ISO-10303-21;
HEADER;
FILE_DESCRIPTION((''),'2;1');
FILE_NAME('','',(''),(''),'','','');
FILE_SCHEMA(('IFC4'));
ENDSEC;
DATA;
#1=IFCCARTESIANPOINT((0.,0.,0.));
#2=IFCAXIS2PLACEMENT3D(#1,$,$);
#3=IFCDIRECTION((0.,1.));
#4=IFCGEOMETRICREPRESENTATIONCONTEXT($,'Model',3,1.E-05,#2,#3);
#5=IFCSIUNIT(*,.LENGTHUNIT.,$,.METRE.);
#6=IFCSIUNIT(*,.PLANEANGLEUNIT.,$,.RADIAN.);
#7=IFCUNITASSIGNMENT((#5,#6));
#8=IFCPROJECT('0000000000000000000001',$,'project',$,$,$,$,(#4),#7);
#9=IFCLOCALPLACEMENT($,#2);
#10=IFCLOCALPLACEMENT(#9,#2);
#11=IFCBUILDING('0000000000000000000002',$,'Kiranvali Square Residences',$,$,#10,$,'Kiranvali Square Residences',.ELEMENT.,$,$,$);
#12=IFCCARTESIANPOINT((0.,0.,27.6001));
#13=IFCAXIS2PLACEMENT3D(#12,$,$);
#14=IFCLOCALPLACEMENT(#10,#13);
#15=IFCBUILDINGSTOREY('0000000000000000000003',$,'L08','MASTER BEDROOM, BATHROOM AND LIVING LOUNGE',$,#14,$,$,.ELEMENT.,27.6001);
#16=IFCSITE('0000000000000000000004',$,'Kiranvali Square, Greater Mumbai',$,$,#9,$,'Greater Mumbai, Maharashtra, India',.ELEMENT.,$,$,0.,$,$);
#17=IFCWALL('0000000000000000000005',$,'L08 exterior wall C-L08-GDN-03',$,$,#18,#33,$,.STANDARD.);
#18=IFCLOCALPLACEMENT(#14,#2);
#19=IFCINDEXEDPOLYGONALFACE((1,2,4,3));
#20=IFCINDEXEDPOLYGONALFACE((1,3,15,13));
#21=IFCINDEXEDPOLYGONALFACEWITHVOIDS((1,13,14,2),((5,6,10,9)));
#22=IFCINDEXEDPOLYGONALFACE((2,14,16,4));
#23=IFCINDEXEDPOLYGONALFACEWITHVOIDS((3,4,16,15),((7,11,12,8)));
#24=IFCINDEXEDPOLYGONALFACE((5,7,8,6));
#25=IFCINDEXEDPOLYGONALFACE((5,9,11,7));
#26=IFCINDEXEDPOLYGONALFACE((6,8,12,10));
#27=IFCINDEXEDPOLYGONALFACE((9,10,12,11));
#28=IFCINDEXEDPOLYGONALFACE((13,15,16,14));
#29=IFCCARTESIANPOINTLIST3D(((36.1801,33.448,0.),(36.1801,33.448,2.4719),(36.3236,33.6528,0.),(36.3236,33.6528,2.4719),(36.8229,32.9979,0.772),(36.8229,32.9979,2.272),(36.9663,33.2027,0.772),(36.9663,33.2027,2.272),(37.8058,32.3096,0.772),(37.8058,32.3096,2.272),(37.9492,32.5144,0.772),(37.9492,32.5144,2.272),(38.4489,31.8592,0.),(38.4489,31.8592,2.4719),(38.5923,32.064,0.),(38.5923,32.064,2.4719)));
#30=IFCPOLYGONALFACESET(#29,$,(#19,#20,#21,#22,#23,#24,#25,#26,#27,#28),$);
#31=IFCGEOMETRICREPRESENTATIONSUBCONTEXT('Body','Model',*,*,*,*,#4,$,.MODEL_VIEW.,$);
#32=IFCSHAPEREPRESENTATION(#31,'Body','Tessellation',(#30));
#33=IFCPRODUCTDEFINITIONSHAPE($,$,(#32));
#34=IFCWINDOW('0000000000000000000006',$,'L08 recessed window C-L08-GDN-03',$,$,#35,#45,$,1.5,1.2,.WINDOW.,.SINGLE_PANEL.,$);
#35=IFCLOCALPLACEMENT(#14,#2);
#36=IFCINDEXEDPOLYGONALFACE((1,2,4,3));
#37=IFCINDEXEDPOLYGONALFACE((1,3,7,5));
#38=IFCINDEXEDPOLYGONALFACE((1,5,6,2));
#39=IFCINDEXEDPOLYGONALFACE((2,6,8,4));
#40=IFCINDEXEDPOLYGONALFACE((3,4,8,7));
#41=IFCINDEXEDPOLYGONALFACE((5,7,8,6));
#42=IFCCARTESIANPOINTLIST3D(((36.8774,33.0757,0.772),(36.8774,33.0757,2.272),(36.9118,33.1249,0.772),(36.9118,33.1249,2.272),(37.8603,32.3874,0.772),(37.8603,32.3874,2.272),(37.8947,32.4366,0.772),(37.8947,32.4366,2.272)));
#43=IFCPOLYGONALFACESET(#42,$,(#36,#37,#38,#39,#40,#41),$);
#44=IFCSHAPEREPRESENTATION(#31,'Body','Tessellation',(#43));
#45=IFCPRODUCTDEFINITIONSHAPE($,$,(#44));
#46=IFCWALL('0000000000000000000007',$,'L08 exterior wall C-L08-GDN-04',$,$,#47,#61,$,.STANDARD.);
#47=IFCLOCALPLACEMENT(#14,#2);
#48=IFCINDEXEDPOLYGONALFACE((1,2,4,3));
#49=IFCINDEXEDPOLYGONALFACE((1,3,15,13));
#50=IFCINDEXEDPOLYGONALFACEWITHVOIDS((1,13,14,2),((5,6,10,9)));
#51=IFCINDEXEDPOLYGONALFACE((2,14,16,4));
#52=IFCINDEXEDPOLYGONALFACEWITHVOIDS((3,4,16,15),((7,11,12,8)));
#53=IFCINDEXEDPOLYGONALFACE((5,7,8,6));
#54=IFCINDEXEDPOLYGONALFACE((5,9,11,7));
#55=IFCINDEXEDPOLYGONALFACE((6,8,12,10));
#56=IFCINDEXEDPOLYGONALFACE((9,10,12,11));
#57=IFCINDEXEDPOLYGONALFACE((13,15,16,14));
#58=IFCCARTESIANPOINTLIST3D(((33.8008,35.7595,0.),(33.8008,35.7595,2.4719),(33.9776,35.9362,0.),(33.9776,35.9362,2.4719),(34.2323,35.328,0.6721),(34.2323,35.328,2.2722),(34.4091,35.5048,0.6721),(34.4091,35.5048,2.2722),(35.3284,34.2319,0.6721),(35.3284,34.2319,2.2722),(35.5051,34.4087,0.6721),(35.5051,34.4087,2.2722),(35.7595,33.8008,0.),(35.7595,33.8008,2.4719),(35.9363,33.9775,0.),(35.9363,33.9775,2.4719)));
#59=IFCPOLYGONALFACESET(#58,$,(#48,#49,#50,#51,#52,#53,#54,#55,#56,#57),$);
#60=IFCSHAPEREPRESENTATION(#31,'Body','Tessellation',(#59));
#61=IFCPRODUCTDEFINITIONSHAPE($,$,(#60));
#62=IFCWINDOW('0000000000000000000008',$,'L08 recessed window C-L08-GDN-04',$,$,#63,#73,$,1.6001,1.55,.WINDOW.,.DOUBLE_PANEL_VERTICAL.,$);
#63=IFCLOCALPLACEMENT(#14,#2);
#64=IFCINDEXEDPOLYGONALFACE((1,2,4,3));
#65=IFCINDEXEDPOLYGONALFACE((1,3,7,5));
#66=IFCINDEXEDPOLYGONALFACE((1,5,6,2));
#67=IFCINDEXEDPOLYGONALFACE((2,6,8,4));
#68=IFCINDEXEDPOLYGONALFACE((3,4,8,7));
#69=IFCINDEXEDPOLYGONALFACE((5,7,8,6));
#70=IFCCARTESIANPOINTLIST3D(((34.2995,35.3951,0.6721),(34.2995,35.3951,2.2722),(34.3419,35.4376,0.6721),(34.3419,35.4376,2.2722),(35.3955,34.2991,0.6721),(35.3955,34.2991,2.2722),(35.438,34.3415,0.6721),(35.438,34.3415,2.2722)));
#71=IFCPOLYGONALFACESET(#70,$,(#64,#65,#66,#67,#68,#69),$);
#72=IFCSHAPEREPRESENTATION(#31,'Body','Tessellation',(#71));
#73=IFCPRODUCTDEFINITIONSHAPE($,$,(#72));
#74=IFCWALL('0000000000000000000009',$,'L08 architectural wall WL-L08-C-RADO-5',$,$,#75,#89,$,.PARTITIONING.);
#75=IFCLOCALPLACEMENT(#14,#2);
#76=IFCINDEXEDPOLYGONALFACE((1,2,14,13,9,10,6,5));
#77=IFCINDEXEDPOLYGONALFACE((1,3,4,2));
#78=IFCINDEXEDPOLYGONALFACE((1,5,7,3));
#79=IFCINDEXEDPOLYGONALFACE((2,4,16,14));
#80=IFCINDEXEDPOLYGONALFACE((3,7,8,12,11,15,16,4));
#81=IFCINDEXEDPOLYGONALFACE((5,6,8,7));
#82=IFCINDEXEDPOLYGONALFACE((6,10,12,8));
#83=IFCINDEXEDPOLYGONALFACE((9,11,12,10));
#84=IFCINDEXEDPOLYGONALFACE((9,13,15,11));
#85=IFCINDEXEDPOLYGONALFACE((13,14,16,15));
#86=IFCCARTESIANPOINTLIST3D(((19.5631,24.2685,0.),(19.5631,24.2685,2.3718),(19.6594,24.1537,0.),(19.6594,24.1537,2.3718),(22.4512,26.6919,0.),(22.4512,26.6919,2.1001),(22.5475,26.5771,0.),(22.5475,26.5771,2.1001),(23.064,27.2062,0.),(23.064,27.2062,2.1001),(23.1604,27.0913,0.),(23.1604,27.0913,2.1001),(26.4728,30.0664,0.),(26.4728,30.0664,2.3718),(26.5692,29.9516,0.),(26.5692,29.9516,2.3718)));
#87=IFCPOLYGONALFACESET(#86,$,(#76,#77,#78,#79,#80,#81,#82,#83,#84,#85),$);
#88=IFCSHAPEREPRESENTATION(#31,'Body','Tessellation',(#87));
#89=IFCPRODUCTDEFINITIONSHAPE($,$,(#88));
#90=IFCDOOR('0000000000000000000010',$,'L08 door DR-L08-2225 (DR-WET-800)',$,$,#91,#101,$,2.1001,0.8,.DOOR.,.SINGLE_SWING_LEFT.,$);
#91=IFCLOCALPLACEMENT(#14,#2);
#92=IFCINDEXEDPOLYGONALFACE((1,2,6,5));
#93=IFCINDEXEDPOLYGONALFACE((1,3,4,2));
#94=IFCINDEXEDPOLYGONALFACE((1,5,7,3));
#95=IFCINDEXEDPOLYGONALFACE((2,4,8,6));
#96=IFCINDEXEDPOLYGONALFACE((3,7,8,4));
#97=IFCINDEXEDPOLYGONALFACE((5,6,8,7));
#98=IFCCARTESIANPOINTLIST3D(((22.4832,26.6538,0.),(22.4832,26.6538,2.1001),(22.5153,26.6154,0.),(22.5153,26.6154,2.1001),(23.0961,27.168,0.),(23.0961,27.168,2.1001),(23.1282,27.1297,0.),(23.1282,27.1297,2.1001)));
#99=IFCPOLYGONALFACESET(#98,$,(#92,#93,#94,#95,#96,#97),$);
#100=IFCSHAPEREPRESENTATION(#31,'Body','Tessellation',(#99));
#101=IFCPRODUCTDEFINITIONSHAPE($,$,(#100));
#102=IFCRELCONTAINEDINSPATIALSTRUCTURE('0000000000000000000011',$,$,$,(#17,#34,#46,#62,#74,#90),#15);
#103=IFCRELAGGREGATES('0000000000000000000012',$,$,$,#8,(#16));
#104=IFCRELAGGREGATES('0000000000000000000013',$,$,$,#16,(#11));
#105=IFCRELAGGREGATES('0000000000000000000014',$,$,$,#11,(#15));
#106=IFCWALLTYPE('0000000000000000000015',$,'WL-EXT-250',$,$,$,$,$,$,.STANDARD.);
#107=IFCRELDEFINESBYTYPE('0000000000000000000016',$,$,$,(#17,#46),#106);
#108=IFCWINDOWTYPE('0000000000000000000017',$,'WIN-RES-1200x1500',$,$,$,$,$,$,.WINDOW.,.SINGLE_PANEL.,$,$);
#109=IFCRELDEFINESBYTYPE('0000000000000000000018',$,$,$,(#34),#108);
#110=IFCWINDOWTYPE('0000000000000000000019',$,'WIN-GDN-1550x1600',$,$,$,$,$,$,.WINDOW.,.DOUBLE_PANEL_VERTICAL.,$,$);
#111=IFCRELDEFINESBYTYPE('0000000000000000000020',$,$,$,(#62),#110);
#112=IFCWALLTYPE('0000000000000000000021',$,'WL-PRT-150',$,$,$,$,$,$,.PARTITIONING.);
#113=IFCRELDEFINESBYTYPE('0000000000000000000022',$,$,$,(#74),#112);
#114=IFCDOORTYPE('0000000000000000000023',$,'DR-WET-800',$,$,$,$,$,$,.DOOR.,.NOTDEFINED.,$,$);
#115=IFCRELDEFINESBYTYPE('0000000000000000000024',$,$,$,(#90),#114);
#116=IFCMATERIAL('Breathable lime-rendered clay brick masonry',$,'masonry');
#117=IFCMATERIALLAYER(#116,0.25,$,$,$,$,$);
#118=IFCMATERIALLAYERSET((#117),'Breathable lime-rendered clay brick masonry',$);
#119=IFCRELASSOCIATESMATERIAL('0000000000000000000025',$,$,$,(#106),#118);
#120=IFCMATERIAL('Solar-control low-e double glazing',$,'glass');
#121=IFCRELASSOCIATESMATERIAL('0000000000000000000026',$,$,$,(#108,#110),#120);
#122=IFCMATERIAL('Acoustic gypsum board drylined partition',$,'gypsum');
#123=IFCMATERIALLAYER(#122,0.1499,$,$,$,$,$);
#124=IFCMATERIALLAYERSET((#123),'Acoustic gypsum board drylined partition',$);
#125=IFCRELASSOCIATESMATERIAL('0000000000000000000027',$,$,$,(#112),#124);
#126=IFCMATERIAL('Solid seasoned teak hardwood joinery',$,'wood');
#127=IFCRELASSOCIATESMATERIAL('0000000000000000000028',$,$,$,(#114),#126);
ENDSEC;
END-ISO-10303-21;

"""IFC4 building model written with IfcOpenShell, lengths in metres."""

from ifc_helpers import new_model, si_unit, direction, frame, frame_2d, origin, place, context, subcontext, project, spatial, rectangle, extrude, material, layer, layer_set, type_object, element, fill, save


model = new_model("IFC4")

# Units and contexts
model_context = context("Model", 3, precision=1e-05, world=origin(), true_north=direction((0.0, 1.0)))
body_context = subcontext(model_context, "Body", "Model", "MODEL_VIEW")
ifc_project = project(units=[si_unit("LENGTHUNIT", "METRE"), si_unit("PLANEANGLEUNIT", "RADIAN")], contexts=[model_context])

# Site, building, storey
site_placement = place(None, origin())
site = spatial("IfcSite", under=ifc_project, at=site_placement, Name="Kiranvali Square, Greater Mumbai", LongName="Greater Mumbai, Maharashtra, India", CompositionType="ELEMENT", RefElevation=0.0)
building_placement = place(site_placement, origin())
building = spatial("IfcBuilding", under=site, at=building_placement, Name="Kiranvali Square Residences", LongName="Kiranvali Square Residences", CompositionType="ELEMENT")
storey_placement = place(building_placement, frame((0.0, 0.0, 27.6001)))
storey = spatial("IfcBuildingStorey", under=building, at=storey_placement, Name="L08", Description="MASTER BEDROOM, BATHROOM AND LIVING LOUNGE", CompositionType="ELEMENT", Elevation=27.6001)

# Walls, openings, windows
ifc_material_1 = material(Name="Breathable lime-rendered clay brick masonry", Category="masonry")
ifc_layer_1 = layer(ifc_material_1, 0.25)
ifc_layer_set_1 = layer_set([ifc_layer_1], Name="Breathable lime-rendered clay brick masonry")
wall_type_1 = type_object("IfcWallType", Name="WL-EXT-250", PredefinedType="STANDARD", material=ifc_layer_set_1)
wall_1_placement = place(storey_placement, frame((38.5205, 31.9617, 0.0), z_axis=(0.0, 0.0, 1.0), x_axis=(-0.819112, 0.573634, 0.0)))
wall_1 = element("IfcWall", 1, at=wall_1_placement, inside=storey, type_object=wall_type_1, Name="L08 exterior wall C-L08-GDN-03", PredefinedType="STANDARD", context=body_context, shape_type="SweptSolid", body=[
    extrude(rectangle(XDim=2.7698, YDim=0.25, at=frame_2d((1.3848, 0.0))), origin(), (0.0, 0.0, 1.0), 2.4719),
])
opening_1_placement = place(wall_1_placement, frame((0.7849, 0.0, 0.772)))
opening_1 = element("IfcOpeningElement", 2, at=opening_1_placement, cuts=wall_1, PredefinedType="OPENING", context=body_context, shape_type="SweptSolid", body=[
    extrude(rectangle(XDim=1.2, YDim=1.5, at=frame_2d((0.6001, 0.75))), frame((0.0, 0.135, 0.0), z_axis=(0.0, -1.0, 0.0), x_axis=(1.0, 0.0, 0.0)), (0.0, 0.0, 1.0), 0.27),
])
ifc_material_2 = material(Name="Solar-control low-e double glazing", Category="glass")
window_type_1 = type_object("IfcWindowType", Name="WIN-RES-1200x1500", PartitioningType="SINGLE_PANEL", PredefinedType="WINDOW", material=ifc_material_2)
window_1_placement = place(opening_1_placement, origin())
window_1 = element("IfcWindow", 3, at=window_1_placement, inside=storey, type_object=window_type_1, Name="L08 recessed window C-L08-GDN-03", OverallHeight=1.5, OverallWidth=1.2, PartitioningType="SINGLE_PANEL", PredefinedType="WINDOW", context=body_context, shape_type="SweptSolid", body=[
    extrude(rectangle(XDim=1.2, YDim=1.5, at=frame_2d((0.6001, 0.75))), frame((0.0, 0.03, 0.0), z_axis=(0.0, -1.0, 0.0), x_axis=(1.0, 0.0, 0.0)), (0.0, 0.0, 1.0), 0.0601),
])
fill(opening_1, window_1)
wall_2_placement = place(storey_placement, frame((35.8479, 33.8892, 0.0), z_axis=(0.0, 0.0, 1.0), x_axis=(-0.707107, 0.707107, 0.0)))
wall_2 = element("IfcWall", 4, at=wall_2_placement, inside=storey, type_object=wall_type_1, Name="L08 exterior wall C-L08-GDN-04", PredefinedType="STANDARD", context=body_context, shape_type="SweptSolid", body=[
    extrude(rectangle(XDim=2.77, YDim=0.25, at=frame_2d((1.385, 0.0))), origin(), (0.0, 0.0, 1.0), 2.4719),
])
opening_2_placement = place(wall_2_placement, frame((0.6099, 0.0, 0.6721)))
opening_2 = element("IfcOpeningElement", 5, at=opening_2_placement, cuts=wall_2, PredefinedType="OPENING", context=body_context, shape_type="SweptSolid", body=[
    extrude(rectangle(XDim=1.55, YDim=1.6001, at=frame_2d((0.7749, 0.8))), frame((0.0, 0.135, 0.0), z_axis=(0.0, -1.0, 0.0), x_axis=(1.0, 0.0, 0.0)), (0.0, 0.0, 1.0), 0.27),
])
window_type_2 = type_object("IfcWindowType", Name="WIN-GDN-1550x1600", PartitioningType="DOUBLE_PANEL_VERTICAL", PredefinedType="WINDOW", material=ifc_material_2)
window_2_placement = place(opening_2_placement, origin())
window_2 = element("IfcWindow", 6, at=window_2_placement, inside=storey, type_object=window_type_2, Name="L08 recessed window C-L08-GDN-04", OverallHeight=1.6001, OverallWidth=1.55, PartitioningType="DOUBLE_PANEL_VERTICAL", PredefinedType="WINDOW", context=body_context, shape_type="SweptSolid", body=[
    extrude(rectangle(XDim=1.55, YDim=1.6001, at=frame_2d((0.7749, 0.8))), frame((0.0, 0.03, 0.0), z_axis=(0.0, -1.0, 0.0), x_axis=(1.0, 0.0, 0.0)), (0.0, 0.0, 1.0), 0.0601),
])
fill(opening_2, window_2)

# Wall, opening, door
ifc_material_3 = material(Name="Acoustic gypsum board drylined partition", Category="gypsum")
ifc_layer_2 = layer(ifc_material_3, 0.1499)
ifc_layer_set_2 = layer_set([ifc_layer_2], Name="Acoustic gypsum board drylined partition")
wall_type_2 = type_object("IfcWallType", Name="WL-PRT-150", PredefinedType="PARTITIONING", material=ifc_layer_set_2)
wall_3_placement = place(storey_placement, frame((26.521, 30.009, 0.0), z_axis=(0.0, 0.0, 1.0), x_axis=(-0.766047, -0.642784, 0.0)))
wall_3 = element("IfcWall", 7, at=wall_3_placement, inside=storey, type_object=wall_type_2, Name="L08 architectural wall WL-L08-C-RADO-5", PredefinedType="PARTITIONING", context=body_context, shape_type="SweptSolid", body=[
    extrude(rectangle(XDim=9.02, YDim=0.1499, at=frame_2d((4.51, 0.0))), origin(), (0.0, 0.0, 1.0), 2.3718),
])
opening_3_placement = place(wall_3_placement, frame((4.45, 0.0, 0.0)))
opening_3 = element("IfcOpeningElement", 8, at=opening_3_placement, cuts=wall_3, PredefinedType="OPENING", context=body_context, shape_type="SweptSolid", body=[
    extrude(rectangle(XDim=0.8, YDim=2.1001, at=frame_2d((0.3999, 1.05))), frame((0.0, 0.085, 0.0), z_axis=(0.0, -1.0, 0.0), x_axis=(1.0, 0.0, 0.0)), (0.0, 0.0, 1.0), 0.1699),
])
ifc_material_4 = material(Name="Solid seasoned teak hardwood joinery", Category="wood")
door_type_1 = type_object("IfcDoorType", Name="DR-WET-800", OperationType="NOTDEFINED", PredefinedType="DOOR", material=ifc_material_4)
door_1_placement = place(opening_3_placement, origin())
door_1 = element("IfcDoor", 9, at=door_1_placement, inside=storey, type_object=door_type_1, Name="L08 door DR-L08-2225 (DR-WET-800)", OperationType="SINGLE_SWING_LEFT", OverallHeight=2.1001, OverallWidth=0.8, PredefinedType="DOOR", context=body_context, shape_type="SweptSolid", body=[
    extrude(rectangle(XDim=0.8, YDim=2.1001, at=frame_2d((0.3999, 1.05))), frame((0.0, 0.0249, 0.0), z_axis=(0.0, -1.0, 0.0), x_axis=(1.0, 0.0, 0.0)), (0.0, 0.0, 1.0), 0.05),
])
fill(opening_3, door_1)

save(model, "model.ifc")
